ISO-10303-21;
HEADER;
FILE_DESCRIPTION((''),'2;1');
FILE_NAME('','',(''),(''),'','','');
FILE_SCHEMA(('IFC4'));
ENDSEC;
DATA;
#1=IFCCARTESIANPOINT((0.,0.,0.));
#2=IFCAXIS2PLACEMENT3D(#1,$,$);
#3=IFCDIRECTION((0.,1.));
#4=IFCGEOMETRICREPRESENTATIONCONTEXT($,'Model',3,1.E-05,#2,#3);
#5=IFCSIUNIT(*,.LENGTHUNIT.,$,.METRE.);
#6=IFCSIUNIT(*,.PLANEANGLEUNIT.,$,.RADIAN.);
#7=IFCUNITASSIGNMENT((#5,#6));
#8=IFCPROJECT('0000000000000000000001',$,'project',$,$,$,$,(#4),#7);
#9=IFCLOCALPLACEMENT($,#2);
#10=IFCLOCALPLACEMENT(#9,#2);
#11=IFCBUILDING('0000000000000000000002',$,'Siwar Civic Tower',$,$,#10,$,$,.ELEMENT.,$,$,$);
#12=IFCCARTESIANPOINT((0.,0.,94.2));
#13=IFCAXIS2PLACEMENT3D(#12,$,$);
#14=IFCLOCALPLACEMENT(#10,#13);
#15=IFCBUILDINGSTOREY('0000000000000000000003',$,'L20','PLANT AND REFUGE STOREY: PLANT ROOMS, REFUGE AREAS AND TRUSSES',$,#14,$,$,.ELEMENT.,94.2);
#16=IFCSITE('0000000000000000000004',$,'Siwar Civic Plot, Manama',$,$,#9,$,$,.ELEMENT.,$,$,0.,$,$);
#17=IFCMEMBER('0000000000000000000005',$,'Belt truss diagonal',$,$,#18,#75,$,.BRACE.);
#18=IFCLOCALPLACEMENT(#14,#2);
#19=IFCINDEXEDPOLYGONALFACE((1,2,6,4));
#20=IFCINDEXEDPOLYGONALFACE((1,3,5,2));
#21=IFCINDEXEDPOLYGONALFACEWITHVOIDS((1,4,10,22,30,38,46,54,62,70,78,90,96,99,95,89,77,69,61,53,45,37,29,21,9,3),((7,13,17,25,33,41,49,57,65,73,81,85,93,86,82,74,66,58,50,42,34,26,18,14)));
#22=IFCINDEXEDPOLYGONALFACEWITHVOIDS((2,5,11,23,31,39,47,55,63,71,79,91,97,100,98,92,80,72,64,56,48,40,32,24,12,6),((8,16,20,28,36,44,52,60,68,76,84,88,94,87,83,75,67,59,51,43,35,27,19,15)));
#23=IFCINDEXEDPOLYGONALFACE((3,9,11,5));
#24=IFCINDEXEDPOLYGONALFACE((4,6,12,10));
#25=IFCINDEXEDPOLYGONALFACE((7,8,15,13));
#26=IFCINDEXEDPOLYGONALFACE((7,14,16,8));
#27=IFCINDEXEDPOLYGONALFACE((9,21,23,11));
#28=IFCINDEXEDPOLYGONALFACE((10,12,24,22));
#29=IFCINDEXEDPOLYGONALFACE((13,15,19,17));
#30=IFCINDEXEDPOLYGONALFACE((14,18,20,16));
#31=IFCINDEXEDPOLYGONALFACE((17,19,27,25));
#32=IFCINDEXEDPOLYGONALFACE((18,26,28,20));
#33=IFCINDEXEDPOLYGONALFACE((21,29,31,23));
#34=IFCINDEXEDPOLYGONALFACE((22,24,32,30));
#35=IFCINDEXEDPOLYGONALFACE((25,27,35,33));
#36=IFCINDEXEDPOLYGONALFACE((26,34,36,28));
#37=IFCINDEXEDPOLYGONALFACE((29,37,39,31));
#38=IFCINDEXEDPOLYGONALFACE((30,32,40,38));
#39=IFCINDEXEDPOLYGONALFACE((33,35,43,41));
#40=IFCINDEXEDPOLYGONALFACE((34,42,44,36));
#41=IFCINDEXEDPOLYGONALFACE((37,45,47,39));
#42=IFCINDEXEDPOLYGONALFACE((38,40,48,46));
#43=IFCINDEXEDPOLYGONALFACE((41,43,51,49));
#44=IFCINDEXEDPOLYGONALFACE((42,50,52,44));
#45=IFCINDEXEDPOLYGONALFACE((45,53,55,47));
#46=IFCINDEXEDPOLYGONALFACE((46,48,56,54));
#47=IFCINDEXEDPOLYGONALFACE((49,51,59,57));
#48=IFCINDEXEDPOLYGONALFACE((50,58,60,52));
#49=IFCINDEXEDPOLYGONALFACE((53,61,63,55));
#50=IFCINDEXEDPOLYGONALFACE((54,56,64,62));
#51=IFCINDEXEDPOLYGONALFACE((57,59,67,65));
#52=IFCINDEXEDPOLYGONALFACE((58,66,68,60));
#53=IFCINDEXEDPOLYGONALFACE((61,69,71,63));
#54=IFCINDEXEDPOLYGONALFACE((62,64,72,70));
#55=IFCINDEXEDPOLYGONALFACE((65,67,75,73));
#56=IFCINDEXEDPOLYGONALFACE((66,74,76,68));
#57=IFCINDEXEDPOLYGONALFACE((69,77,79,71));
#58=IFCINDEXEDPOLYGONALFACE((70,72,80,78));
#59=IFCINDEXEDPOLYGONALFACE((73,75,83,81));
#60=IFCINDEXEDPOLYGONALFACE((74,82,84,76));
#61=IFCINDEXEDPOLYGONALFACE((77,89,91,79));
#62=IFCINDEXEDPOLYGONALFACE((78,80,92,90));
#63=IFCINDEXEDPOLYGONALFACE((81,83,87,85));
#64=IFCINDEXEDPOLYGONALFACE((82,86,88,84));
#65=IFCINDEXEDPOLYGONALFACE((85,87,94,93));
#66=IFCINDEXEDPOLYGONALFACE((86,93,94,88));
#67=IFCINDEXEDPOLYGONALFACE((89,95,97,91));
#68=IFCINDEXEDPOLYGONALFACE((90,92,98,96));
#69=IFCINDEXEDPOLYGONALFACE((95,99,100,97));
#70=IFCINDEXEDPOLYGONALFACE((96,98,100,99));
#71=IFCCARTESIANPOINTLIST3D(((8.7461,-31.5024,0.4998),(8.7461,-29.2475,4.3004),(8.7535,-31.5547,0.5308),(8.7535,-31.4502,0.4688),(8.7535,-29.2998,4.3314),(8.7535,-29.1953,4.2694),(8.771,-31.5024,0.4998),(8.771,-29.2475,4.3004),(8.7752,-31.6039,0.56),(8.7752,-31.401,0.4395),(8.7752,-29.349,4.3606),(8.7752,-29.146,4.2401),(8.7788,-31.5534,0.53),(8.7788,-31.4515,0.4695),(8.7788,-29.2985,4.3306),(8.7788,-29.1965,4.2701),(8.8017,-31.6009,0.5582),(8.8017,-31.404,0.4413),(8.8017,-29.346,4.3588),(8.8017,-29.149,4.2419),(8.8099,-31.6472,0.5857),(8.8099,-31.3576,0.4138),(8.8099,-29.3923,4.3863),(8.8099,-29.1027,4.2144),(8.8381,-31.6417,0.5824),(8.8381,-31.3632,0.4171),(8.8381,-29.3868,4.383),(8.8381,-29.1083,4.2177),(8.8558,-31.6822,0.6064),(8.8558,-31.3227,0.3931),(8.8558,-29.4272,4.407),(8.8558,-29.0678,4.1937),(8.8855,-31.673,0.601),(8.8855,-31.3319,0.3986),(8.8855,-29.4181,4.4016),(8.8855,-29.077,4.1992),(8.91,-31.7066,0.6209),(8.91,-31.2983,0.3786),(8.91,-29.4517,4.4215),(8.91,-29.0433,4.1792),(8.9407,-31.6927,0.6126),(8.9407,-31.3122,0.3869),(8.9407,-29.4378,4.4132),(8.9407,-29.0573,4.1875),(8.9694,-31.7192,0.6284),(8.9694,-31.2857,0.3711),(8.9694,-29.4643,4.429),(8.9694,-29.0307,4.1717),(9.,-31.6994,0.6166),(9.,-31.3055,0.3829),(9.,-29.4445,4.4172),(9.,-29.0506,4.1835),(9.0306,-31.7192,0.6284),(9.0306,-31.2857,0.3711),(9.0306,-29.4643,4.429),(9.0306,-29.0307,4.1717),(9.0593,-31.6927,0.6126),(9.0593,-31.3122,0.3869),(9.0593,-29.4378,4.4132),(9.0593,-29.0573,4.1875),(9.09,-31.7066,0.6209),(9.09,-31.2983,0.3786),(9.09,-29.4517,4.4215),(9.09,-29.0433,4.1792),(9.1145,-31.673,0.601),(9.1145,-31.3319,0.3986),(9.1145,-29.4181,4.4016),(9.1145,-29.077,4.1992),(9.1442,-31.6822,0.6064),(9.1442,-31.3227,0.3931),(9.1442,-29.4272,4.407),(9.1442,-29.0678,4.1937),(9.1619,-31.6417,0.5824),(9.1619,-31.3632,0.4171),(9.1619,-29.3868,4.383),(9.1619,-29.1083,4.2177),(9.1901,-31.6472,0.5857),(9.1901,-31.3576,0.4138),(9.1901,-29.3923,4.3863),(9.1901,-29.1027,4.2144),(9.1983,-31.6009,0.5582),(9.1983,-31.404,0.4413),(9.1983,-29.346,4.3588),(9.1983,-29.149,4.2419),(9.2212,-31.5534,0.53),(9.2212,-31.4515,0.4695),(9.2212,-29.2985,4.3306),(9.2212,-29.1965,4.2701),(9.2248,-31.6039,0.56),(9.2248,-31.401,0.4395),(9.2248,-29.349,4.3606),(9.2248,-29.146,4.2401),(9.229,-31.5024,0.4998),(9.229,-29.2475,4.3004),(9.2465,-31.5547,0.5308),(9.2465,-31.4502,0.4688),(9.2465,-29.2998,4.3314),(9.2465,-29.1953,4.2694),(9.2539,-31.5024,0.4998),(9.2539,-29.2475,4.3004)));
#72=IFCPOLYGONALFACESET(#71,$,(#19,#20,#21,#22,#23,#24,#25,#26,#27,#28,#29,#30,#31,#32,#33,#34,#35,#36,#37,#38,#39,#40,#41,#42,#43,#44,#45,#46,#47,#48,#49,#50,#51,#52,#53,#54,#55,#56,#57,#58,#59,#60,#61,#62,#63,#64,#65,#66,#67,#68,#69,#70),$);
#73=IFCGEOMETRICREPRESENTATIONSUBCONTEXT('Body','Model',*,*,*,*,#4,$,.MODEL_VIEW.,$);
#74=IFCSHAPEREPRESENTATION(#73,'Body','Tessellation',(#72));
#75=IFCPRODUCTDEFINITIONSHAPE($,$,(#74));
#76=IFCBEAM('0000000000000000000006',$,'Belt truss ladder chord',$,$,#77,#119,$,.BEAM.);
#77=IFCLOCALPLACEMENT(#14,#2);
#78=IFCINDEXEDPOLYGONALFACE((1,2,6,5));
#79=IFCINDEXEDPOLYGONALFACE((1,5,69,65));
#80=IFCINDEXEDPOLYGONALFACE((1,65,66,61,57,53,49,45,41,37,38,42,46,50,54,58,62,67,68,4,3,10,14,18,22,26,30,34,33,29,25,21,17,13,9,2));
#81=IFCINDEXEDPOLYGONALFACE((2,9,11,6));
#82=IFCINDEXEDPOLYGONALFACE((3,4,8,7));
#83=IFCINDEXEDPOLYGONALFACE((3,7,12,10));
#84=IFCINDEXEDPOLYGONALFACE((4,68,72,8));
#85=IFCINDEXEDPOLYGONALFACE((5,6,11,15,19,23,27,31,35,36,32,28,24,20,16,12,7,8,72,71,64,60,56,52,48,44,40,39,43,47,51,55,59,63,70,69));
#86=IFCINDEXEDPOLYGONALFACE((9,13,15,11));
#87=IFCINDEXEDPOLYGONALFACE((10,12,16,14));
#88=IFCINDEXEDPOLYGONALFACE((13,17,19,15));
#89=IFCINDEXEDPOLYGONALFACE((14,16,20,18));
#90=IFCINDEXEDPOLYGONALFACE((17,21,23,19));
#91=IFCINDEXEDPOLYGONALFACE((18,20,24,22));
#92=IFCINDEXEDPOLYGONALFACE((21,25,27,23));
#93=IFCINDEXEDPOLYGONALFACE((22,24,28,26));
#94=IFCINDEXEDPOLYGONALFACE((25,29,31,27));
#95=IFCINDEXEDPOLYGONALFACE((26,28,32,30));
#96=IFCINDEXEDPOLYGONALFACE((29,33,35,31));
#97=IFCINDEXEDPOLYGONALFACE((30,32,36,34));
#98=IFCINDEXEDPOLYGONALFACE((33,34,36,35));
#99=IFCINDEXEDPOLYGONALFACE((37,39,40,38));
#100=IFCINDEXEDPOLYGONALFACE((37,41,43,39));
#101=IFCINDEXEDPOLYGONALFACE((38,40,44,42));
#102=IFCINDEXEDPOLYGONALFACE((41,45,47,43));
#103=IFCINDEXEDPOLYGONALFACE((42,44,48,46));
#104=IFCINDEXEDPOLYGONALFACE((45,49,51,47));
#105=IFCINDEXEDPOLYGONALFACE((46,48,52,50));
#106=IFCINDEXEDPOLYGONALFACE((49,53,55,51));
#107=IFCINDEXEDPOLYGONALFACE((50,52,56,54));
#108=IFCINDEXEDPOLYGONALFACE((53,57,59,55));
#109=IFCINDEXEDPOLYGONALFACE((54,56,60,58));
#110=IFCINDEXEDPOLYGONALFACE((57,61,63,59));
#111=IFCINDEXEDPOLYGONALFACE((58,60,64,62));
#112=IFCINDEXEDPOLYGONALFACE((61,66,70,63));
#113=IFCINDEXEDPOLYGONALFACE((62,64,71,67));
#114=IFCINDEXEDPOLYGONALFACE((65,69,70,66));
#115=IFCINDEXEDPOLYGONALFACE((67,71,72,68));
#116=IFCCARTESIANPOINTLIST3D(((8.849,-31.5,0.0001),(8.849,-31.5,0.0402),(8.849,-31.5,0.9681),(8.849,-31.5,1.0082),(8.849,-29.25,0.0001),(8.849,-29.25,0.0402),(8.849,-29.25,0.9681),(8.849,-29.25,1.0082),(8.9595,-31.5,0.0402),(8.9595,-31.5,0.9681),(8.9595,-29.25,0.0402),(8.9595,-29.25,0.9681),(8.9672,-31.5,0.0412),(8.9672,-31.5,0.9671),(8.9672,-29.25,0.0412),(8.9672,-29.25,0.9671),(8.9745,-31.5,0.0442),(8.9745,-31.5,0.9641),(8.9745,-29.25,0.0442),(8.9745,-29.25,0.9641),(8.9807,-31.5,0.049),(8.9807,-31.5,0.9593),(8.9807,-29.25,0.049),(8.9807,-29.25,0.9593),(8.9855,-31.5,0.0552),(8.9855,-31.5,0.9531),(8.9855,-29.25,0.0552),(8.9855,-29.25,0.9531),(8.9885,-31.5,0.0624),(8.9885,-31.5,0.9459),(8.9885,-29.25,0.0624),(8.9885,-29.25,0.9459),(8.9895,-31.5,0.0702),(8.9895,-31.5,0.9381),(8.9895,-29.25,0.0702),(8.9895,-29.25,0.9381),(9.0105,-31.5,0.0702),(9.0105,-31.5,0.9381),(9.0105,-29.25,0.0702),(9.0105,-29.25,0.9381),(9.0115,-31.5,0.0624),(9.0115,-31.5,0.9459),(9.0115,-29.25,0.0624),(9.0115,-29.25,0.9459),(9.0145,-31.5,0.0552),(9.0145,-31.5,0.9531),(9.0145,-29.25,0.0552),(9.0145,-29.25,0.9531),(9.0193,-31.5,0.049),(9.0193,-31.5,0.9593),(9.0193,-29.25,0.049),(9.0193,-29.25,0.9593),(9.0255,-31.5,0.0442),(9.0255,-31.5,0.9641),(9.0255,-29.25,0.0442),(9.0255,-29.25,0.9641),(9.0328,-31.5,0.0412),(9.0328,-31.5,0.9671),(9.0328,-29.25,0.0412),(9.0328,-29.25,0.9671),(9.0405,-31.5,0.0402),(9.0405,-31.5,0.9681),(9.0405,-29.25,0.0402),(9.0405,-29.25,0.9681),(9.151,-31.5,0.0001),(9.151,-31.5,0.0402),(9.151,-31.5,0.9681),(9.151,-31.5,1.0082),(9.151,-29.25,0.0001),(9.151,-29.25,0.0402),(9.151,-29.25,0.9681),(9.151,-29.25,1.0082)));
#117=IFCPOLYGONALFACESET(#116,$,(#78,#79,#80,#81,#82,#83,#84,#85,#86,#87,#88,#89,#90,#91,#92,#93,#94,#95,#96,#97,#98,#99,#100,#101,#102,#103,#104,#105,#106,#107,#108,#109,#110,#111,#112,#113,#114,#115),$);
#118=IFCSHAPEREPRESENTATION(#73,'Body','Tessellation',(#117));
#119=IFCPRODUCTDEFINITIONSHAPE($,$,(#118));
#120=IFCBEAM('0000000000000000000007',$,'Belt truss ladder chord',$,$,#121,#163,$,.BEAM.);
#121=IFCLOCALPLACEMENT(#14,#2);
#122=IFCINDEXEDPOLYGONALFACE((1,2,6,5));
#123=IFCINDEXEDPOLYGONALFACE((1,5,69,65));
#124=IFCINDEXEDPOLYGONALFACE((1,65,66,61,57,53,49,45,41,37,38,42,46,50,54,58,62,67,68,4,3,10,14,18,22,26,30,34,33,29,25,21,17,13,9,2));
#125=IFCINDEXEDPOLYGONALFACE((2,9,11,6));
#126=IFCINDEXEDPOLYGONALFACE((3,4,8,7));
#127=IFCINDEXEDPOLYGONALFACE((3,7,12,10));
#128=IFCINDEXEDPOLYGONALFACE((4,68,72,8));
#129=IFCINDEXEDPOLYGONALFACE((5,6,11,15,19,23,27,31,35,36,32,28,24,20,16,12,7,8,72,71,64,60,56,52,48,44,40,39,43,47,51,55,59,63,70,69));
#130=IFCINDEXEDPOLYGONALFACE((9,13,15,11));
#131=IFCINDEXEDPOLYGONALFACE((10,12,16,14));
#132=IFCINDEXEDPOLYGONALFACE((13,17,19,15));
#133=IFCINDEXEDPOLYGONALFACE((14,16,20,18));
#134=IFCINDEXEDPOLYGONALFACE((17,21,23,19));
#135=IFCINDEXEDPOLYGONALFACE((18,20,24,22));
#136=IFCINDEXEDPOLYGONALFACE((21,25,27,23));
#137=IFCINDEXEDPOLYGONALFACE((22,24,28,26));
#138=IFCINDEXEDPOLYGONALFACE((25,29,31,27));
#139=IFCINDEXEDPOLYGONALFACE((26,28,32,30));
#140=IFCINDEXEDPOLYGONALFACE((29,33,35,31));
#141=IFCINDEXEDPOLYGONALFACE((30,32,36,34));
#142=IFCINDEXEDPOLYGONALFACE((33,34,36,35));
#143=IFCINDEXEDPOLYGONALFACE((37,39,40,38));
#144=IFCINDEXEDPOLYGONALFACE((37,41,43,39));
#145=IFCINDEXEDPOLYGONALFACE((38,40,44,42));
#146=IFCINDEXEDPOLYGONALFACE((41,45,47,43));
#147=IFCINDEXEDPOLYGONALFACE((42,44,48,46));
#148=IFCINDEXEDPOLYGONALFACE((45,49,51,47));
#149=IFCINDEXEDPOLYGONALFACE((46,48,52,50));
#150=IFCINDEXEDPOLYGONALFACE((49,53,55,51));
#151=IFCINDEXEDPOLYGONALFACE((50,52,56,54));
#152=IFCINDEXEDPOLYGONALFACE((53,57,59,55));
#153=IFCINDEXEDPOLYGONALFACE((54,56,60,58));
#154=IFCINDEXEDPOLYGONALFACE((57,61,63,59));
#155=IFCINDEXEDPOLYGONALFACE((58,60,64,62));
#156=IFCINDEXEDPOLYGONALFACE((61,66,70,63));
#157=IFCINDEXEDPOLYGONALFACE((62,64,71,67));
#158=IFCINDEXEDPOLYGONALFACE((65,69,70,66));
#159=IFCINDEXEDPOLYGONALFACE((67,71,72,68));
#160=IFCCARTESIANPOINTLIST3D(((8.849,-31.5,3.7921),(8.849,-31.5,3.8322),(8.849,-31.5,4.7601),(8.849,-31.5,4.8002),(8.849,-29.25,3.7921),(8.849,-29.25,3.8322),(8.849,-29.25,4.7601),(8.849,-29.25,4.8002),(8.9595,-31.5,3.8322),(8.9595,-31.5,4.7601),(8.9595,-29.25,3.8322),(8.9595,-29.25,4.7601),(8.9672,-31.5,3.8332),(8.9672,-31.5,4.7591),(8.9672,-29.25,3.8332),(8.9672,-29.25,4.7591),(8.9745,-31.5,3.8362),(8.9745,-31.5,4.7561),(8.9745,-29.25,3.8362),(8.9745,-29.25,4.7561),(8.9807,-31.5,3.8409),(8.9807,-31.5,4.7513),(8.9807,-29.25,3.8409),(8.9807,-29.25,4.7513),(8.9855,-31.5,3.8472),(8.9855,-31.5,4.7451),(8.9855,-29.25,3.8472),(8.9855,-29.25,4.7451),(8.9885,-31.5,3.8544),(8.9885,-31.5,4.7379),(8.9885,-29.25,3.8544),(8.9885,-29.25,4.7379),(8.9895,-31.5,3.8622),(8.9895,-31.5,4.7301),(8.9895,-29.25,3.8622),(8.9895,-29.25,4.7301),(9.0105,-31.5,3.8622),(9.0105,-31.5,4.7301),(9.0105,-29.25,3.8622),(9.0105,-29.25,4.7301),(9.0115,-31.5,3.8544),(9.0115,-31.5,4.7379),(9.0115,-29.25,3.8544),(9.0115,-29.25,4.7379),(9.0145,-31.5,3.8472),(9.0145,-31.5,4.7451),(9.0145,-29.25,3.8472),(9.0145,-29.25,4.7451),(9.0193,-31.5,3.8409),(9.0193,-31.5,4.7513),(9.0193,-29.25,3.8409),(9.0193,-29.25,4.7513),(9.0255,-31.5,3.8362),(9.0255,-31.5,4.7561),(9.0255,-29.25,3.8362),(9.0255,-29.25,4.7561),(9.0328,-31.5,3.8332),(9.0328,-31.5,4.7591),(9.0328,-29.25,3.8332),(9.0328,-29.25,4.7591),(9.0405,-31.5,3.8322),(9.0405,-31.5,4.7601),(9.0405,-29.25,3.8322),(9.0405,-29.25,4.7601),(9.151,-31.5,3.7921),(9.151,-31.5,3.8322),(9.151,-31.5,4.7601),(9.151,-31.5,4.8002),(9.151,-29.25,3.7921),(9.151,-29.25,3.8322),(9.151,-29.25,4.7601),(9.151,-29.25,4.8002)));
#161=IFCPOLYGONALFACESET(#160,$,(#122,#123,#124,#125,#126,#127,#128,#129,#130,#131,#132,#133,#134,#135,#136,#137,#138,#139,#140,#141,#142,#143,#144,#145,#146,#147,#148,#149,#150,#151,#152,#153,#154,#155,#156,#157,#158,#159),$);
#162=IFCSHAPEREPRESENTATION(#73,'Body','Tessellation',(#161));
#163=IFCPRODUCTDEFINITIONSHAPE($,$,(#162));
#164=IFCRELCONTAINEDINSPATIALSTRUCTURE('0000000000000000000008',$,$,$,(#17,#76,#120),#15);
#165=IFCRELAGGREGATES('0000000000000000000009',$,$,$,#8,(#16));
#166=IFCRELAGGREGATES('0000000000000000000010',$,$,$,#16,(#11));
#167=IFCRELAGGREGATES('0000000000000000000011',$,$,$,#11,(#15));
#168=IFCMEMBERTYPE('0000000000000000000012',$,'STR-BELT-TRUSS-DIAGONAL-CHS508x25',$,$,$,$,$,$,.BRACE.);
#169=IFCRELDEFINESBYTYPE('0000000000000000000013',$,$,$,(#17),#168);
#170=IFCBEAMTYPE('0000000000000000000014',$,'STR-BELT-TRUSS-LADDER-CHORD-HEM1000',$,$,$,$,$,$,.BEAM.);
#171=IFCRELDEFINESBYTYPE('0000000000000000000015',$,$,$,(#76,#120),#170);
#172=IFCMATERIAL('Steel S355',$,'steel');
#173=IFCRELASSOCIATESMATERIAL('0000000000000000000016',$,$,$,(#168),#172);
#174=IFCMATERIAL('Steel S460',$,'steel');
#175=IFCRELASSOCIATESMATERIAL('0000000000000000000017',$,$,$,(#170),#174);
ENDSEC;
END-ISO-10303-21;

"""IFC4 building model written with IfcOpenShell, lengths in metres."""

from ifc_helpers import new_model, si_unit, direction, frame, origin, origin_2d, place, context, subcontext, project, spatial, hollow_circle, i_section, extrude, material, material_profile, profile_set, type_object, element, save


model = new_model("IFC4")

# Units and contexts
model_context = context("Model", 3, precision=1e-05, world=origin(), true_north=direction((0.0, 1.0)))
body_context = subcontext(model_context, "Body", "Model", "MODEL_VIEW")
ifc_project = project(units=[si_unit("LENGTHUNIT", "METRE"), si_unit("PLANEANGLEUNIT", "RADIAN")], contexts=[model_context])

# Site, building, storey
site_placement = place(None, origin())
site = spatial("IfcSite", under=ifc_project, at=site_placement, Name="Siwar Civic Plot, Manama", CompositionType="ELEMENT", RefElevation=0.0)
building_placement = place(site_placement, origin())
building = spatial("IfcBuilding", under=site, at=building_placement, Name="Siwar Civic Tower", CompositionType="ELEMENT")
storey_placement = place(building_placement, frame((0.0, 0.0, 94.2)))
storey = spatial("IfcBuildingStorey", under=building, at=storey_placement, Name="L20", Description="PLANT AND REFUGE STOREY: PLANT ROOMS, REFUGE AREAS AND TRUSSES", CompositionType="ELEMENT", Elevation=94.2)

# Member
ifc_material_1 = material(Name="Steel S355", Category="steel")
ifc_material_profile_1 = material_profile(ifc_material_1, hollow_circle(Radius=0.2539, WallThickness=0.0249, at=origin_2d()), Name="CHS508x25")
ifc_profile_set_1 = profile_set([ifc_material_profile_1], Name="Steel S355")
member_type_1 = type_object("IfcMemberType", Name="STR-BELT-TRUSS-DIAGONAL-CHS508x25", PredefinedType="BRACE", material=ifc_profile_set_1)
member_1_placement = place(storey_placement, frame((9.0, -31.5024, 0.4998), z_axis=(0.0, 0.510257, 0.860022), x_axis=(-1.0, 0.0, 0.0)))
element("IfcMember", 1, at=member_1_placement, inside=storey, type_object=member_type_1, Name="Belt truss diagonal", PredefinedType="BRACE", context=body_context, shape_type="SweptSolid", body=[
    extrude(hollow_circle(Radius=0.2539, WallThickness=0.0249, at=origin_2d()), origin(), (0.0, 0.0, 1.0), 4.4192),
])

# Beams
ifc_material_2 = material(Name="Steel S460", Category="steel")
ifc_material_profile_2 = material_profile(ifc_material_2, i_section(OverallWidth=0.302, OverallDepth=1.0081, WebThickness=0.021, FlangeThickness=0.04, FilletRadius=0.03, at=origin_2d()), Name="HEM1000")
ifc_profile_set_2 = profile_set([ifc_material_profile_2], Name="Steel S460")
beam_type_1 = type_object("IfcBeamType", Name="STR-BELT-TRUSS-LADDER-CHORD-HEM1000", PredefinedType="BEAM", material=ifc_profile_set_2)
for number, where, z_axis, x_axis, name in (
    (2, (9.0, -29.25, 0.5042), (0.0, -1.0, 0.0), (1.0, 0.0, 0.0), "Belt truss ladder chord"),
    (3, (9.0, -29.25, 4.2961), (0.0, -1.0, 0.0), (1.0, 0.0, 0.0), "Belt truss ladder chord"),
):
    element("IfcBeam", number, at=place(storey_placement, frame(where, z_axis=z_axis, x_axis=x_axis)), inside=storey, type_object=beam_type_1, Name=name, PredefinedType="BEAM", context=body_context, shape_type="SweptSolid", body=[
        extrude(i_section(OverallWidth=0.302, OverallDepth=1.0081, WebThickness=0.021, FlangeThickness=0.04, FilletRadius=0.03, at=origin_2d()), origin(), (0.0, 0.0, 1.0), 2.25),
    ])

save(model, "model.ifc")
